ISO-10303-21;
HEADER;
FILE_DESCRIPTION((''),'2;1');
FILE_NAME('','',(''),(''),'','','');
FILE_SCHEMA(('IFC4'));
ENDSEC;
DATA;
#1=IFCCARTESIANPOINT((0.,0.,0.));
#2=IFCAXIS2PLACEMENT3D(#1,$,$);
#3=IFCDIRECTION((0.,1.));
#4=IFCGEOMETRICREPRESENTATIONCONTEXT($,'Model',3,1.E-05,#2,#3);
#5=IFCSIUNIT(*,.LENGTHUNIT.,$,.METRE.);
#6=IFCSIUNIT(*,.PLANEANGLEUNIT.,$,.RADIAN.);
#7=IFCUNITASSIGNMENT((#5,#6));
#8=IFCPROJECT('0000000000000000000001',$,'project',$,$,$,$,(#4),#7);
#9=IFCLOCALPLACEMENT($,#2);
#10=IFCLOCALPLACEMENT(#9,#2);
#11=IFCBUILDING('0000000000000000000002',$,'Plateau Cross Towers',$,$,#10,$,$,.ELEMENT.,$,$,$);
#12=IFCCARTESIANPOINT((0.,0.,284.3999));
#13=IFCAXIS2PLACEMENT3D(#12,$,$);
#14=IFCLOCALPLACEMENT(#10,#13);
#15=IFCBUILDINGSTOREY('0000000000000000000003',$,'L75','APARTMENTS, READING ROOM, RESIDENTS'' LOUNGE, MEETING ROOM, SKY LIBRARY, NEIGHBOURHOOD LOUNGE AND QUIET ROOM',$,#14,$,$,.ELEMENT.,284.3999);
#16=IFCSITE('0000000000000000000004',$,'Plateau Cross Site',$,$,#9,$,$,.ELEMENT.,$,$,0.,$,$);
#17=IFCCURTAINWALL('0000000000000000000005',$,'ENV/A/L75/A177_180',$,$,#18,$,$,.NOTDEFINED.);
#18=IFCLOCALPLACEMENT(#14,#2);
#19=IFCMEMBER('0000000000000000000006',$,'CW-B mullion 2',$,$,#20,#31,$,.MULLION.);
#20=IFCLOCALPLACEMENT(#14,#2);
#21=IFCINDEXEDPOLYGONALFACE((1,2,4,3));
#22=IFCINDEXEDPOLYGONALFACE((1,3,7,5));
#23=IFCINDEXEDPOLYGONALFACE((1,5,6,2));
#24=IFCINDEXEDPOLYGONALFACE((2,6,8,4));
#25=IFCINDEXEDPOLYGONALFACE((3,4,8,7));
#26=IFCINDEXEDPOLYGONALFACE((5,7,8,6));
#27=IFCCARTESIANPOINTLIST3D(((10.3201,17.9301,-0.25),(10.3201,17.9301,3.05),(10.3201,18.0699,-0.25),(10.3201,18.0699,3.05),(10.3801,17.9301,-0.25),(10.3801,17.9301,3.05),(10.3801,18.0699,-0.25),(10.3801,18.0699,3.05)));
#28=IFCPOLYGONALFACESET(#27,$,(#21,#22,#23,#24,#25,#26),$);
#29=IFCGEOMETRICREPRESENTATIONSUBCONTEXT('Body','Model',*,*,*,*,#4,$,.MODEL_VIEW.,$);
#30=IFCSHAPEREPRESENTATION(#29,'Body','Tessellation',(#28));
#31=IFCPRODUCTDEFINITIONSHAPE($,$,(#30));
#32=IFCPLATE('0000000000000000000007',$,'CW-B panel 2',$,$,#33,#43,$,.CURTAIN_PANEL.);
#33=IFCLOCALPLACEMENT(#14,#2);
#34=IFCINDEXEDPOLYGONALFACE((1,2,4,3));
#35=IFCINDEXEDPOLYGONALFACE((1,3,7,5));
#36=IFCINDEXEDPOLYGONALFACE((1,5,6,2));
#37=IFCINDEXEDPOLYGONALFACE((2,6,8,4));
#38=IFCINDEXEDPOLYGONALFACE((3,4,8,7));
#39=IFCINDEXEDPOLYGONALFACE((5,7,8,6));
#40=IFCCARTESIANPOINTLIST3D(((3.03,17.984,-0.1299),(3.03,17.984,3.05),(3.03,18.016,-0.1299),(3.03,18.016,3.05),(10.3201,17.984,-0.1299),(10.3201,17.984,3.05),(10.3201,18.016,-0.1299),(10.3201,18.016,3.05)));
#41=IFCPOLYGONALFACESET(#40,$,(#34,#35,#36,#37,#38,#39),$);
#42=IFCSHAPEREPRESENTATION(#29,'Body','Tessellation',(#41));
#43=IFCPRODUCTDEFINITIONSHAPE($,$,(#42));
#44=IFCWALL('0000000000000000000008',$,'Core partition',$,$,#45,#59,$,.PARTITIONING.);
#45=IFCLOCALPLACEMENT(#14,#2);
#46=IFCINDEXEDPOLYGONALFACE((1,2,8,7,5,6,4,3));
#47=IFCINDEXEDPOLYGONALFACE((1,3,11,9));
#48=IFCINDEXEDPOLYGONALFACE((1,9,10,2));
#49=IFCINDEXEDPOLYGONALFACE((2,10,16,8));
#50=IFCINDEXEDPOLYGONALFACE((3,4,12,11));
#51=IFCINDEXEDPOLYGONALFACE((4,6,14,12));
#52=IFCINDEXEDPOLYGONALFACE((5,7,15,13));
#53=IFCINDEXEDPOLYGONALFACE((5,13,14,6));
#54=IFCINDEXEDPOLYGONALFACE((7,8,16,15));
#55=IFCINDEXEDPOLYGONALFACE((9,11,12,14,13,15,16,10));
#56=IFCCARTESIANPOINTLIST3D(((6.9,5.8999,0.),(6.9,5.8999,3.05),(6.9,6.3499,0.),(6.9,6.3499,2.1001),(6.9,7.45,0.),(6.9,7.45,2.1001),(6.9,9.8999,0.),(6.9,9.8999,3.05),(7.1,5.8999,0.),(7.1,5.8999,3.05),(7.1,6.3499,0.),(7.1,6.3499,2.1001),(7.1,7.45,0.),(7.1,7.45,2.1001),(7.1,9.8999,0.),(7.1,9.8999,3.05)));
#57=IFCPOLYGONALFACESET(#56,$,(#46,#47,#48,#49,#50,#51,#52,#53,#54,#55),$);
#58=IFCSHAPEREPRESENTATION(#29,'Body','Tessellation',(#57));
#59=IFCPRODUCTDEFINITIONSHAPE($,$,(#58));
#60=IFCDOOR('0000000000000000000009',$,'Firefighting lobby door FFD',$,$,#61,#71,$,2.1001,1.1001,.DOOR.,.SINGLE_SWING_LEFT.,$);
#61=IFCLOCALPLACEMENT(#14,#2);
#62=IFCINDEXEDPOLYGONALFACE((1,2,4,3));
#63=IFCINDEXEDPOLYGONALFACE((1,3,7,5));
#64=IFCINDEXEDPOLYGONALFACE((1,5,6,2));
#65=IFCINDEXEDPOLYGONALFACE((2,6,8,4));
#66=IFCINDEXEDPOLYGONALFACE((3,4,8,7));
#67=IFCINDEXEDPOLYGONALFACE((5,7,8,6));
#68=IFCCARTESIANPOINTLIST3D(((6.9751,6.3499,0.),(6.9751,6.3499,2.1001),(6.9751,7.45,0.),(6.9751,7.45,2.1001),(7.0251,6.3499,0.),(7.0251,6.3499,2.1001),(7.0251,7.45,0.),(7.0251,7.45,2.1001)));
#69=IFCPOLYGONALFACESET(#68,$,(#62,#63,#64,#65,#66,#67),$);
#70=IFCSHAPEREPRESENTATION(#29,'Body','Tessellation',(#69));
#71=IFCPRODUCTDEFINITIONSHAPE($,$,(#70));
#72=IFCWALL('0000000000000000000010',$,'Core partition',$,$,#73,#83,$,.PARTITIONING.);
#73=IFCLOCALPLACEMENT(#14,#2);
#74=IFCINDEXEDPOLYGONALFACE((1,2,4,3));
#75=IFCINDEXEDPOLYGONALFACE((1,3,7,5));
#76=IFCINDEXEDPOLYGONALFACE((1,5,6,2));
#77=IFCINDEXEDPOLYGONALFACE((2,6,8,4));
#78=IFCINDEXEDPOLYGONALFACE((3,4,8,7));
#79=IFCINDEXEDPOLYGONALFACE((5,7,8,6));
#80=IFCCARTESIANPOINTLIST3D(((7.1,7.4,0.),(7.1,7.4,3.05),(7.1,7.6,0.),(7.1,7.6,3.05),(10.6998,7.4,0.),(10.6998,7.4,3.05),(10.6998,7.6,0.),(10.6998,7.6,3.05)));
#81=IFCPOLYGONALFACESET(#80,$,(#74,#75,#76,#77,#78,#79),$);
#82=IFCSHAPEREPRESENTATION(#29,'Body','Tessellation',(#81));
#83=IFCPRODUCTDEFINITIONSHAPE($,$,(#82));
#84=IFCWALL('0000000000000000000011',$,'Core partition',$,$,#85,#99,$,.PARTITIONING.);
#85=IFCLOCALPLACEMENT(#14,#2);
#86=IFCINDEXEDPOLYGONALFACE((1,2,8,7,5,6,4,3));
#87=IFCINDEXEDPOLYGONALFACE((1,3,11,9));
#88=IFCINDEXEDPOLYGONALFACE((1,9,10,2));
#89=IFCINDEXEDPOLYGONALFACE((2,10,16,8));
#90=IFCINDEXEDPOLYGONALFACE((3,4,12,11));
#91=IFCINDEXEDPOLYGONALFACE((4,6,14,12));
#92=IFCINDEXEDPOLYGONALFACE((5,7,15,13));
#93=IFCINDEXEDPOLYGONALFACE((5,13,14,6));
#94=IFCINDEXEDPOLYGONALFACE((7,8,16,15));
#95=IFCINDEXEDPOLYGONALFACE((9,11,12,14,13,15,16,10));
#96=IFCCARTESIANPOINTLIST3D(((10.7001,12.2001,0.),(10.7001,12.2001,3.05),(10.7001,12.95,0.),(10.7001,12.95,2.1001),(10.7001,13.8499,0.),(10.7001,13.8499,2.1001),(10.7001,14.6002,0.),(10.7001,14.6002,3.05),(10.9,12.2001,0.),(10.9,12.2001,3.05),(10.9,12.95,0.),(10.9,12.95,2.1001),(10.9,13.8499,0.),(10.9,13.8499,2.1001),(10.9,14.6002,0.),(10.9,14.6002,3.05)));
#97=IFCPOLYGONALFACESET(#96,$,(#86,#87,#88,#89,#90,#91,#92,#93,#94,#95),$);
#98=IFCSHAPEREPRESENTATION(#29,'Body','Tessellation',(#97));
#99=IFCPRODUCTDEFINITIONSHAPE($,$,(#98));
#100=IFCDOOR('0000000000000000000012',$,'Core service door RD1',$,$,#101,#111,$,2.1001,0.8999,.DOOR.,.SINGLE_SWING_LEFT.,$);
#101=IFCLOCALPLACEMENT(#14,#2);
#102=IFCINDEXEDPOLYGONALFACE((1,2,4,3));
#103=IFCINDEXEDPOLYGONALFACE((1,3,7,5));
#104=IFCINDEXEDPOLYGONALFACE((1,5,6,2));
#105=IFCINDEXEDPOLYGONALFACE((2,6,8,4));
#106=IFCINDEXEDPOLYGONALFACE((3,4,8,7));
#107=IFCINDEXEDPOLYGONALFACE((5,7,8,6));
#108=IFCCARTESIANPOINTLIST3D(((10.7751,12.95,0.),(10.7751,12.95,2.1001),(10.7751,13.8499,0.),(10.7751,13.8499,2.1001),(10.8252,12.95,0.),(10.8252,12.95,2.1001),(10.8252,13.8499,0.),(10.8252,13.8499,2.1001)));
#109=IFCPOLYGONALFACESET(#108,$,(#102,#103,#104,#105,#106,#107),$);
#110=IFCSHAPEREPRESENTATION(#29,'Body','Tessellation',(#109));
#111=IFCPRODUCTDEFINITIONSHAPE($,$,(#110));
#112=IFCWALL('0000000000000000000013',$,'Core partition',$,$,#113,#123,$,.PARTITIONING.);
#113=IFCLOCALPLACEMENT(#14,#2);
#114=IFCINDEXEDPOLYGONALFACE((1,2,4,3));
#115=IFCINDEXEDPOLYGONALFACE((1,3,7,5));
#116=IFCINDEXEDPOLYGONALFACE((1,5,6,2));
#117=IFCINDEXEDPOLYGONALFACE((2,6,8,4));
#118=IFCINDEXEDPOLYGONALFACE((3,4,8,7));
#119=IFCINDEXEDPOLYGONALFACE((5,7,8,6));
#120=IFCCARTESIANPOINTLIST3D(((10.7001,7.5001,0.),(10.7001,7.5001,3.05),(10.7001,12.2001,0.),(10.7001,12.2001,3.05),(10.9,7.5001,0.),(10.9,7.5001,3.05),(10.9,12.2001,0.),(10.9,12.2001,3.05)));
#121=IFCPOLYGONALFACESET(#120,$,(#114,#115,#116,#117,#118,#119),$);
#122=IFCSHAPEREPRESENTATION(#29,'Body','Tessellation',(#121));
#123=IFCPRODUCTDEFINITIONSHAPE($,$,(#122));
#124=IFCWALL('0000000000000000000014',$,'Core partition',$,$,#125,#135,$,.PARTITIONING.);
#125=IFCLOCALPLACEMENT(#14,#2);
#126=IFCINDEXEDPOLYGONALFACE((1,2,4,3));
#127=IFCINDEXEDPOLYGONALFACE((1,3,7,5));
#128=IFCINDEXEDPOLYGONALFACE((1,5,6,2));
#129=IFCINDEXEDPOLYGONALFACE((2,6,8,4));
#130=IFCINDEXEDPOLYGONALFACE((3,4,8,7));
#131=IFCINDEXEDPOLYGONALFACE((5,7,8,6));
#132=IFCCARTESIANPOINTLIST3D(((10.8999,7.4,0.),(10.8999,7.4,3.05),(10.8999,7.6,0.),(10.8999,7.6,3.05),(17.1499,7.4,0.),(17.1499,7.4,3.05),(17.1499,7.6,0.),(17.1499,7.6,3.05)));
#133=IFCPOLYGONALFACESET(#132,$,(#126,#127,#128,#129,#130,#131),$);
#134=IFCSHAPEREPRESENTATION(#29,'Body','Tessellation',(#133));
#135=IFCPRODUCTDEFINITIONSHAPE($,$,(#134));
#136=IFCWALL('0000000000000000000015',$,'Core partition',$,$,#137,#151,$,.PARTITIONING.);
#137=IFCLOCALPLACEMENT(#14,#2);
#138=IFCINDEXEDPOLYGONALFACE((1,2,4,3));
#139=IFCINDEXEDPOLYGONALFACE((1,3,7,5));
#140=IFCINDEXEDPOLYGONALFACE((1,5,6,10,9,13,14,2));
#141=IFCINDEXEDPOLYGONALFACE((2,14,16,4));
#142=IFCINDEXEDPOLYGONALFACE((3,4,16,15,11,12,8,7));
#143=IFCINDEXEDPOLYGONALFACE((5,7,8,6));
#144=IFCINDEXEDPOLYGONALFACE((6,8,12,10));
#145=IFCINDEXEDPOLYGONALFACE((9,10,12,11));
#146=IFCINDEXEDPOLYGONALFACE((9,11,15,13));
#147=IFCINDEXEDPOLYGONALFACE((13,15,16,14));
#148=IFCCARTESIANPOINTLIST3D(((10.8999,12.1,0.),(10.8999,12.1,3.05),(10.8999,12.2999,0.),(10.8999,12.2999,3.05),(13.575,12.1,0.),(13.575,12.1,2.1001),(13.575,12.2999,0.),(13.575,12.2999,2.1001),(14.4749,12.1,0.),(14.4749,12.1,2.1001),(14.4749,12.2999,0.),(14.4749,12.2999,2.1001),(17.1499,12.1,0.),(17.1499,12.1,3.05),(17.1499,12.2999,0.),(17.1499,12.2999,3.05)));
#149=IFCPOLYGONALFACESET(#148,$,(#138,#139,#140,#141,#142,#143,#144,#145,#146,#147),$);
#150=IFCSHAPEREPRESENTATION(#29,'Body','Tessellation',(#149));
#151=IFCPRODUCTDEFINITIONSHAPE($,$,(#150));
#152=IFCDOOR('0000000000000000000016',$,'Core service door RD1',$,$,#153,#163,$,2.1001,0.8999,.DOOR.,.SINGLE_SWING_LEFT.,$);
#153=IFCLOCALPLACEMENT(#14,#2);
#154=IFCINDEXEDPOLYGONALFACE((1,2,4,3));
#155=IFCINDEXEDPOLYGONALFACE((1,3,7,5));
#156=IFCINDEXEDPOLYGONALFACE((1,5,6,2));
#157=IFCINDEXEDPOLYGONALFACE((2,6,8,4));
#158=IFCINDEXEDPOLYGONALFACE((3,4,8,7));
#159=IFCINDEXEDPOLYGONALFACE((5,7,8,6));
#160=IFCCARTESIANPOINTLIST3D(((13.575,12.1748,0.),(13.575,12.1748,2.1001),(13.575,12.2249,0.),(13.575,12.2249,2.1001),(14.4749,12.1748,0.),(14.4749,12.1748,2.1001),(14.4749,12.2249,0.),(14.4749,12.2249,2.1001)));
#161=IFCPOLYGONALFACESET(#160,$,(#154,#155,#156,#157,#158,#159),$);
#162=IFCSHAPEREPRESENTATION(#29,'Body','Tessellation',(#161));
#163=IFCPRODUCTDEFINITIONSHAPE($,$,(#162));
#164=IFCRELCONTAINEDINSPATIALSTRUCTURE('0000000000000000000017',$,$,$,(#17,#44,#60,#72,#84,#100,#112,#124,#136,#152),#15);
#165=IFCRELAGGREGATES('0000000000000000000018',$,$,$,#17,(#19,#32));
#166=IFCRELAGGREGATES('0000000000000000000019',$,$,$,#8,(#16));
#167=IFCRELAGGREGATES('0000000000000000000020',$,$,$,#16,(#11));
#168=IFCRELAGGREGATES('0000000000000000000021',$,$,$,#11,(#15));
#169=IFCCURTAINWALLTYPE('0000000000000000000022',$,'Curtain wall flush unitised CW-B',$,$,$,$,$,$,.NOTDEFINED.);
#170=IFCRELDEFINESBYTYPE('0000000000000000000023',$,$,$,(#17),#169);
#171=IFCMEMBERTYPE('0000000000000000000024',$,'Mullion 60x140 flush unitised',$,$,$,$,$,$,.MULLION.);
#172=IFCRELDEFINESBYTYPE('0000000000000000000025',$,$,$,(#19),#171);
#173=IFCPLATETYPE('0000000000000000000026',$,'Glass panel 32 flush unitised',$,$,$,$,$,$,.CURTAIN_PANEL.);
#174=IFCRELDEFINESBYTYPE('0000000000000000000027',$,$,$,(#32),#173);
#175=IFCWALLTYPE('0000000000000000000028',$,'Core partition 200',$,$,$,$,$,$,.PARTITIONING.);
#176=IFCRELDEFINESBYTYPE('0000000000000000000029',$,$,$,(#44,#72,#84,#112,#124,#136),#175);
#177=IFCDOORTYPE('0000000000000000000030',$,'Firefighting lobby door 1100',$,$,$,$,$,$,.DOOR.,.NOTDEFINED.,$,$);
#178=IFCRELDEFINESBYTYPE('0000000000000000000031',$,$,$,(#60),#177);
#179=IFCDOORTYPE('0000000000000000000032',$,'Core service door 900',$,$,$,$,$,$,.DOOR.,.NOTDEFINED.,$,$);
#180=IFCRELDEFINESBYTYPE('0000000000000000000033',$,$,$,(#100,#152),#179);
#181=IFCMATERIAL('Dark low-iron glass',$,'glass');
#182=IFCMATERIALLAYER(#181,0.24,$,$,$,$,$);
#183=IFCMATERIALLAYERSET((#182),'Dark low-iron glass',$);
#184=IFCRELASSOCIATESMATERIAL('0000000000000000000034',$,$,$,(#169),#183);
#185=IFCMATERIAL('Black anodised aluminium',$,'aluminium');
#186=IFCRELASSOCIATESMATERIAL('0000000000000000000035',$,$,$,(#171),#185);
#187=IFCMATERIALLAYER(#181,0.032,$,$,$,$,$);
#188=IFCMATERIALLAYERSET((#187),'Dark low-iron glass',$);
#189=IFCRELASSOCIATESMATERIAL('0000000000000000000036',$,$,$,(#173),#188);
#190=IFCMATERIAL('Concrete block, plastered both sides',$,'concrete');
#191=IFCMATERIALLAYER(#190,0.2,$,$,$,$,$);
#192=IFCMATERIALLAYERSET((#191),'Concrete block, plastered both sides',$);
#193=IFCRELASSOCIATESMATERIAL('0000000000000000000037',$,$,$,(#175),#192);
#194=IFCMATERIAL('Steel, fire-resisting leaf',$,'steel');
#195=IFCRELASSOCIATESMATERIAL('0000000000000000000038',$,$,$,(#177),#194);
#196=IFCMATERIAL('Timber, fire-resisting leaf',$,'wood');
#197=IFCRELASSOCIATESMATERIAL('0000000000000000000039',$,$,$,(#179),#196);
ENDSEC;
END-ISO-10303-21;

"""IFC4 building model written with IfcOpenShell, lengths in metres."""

from ifc_helpers import new_model, si_unit, direction, frame, frame_2d, origin, origin_2d, place, context, subcontext, project, spatial, rectangle, extrude, material, layer, layer_set, material_profile, profile_set, type_object, element, fill, aggregate, save


model = new_model("IFC4")

# Units and contexts
model_context = context("Model", 3, precision=1e-05, world=origin(), true_north=direction((0.0, 1.0)))
body_context = subcontext(model_context, "Body", "Model", "MODEL_VIEW")
ifc_project = project(units=[si_unit("LENGTHUNIT", "METRE"), si_unit("PLANEANGLEUNIT", "RADIAN")], contexts=[model_context])

# Site, building, storey
site_placement = place(None, origin())
site = spatial("IfcSite", under=ifc_project, at=site_placement, Name="Plateau Cross Site", CompositionType="ELEMENT", RefElevation=0.0)
building_placement = place(site_placement, origin())
building = spatial("IfcBuilding", under=site, at=building_placement, Name="Plateau Cross Towers", CompositionType="ELEMENT")
storey_placement = place(building_placement, frame((0.0, 0.0, 284.3999)))
storey = spatial("IfcBuildingStorey", under=building, at=storey_placement, Name="L75", Description="APARTMENTS, READING ROOM, RESIDENTS' LOUNGE, MEETING ROOM, SKY LIBRARY, NEIGHBOURHOOD LOUNGE AND QUIET ROOM", CompositionType="ELEMENT", Elevation=284.3999)

# Curtain wall, member, plate
ifc_material_1 = material(Name="Dark low-iron glass", Category="glass")
ifc_layer_1 = layer(ifc_material_1, 0.24)
ifc_layer_set_1 = layer_set([ifc_layer_1], Name="Dark low-iron glass")
curtain_wall_type = type_object("IfcCurtainWallType", Name="Curtain wall flush unitised CW-B", PredefinedType="NOTDEFINED", material=ifc_layer_set_1)
curtain_wall_placement = place(storey_placement, origin())
curtain_wall = element("IfcCurtainWall", 1, at=curtain_wall_placement, inside=storey, type_object=curtain_wall_type, Name="ENV/A/L75/A177_180", PredefinedType="NOTDEFINED")
ifc_material_2 = material(Name="Black anodised aluminium", Category="aluminium")
ifc_material_profile = material_profile(ifc_material_2, rectangle(XDim=0.0601, YDim=0.1399, at=origin_2d()), Name="MULLION 60x140")
ifc_profile_set = profile_set([ifc_material_profile], Name="Black anodised aluminium")
member_type = type_object("IfcMemberType", Name="Mullion 60x140 flush unitised", PredefinedType="MULLION", material=ifc_profile_set)
member_placement = place(storey_placement, frame((10.3501, 18.0, -0.25), z_axis=(0.0, 0.0, 1.0), x_axis=(-1.0, 0.0, 0.0)))
member = element("IfcMember", 2, at=member_placement, type_object=member_type, Name="CW-B mullion 2", PredefinedType="MULLION", context=body_context, shape_type="SweptSolid", body=[
    extrude(rectangle(XDim=0.0601, YDim=0.1399, at=origin_2d()), origin(), (0.0, 0.0, 1.0), 3.3),
])
ifc_layer_2 = layer(ifc_material_1, 0.032)
ifc_layer_set_2 = layer_set([ifc_layer_2], Name="Dark low-iron glass")
plate_type = type_object("IfcPlateType", Name="Glass panel 32 flush unitised", PredefinedType="CURTAIN_PANEL", material=ifc_layer_set_2)
plate_placement = place(storey_placement, frame((6.675, 18.0, -0.1299), z_axis=(0.0, 0.0, 1.0), x_axis=(-1.0, 0.0, 0.0)))
plate = element("IfcPlate", 3, at=plate_placement, type_object=plate_type, Name="CW-B panel 2", PredefinedType="CURTAIN_PANEL", context=body_context, shape_type="SweptSolid", body=[
    extrude(rectangle(XDim=7.29, YDim=0.032, at=origin_2d()), origin(), (0.0, 0.0, 1.0), 3.1799),
])
aggregate(curtain_wall, [member, plate])

# Wall, opening, door
ifc_material_3 = material(Name="Concrete block, plastered both sides", Category="concrete")
ifc_layer_3 = layer(ifc_material_3, 0.2)
ifc_layer_set_3 = layer_set([ifc_layer_3], Name="Concrete block, plastered both sides")
wall_type_1 = type_object("IfcWallType", Name="Core partition 200", PredefinedType="PARTITIONING", material=ifc_layer_set_3)
wall_1_placement = place(storey_placement, frame((7.0, 5.8999, 0.0), z_axis=(0.0, 0.0, 1.0), x_axis=(0.0, 1.0, 0.0)))
wall_1 = element("IfcWall", 4, at=wall_1_placement, inside=storey, type_object=wall_type_1, Name="Core partition", PredefinedType="PARTITIONING", context=body_context, shape_type="SweptSolid", body=[
    extrude(rectangle(XDim=4.0, YDim=0.2, at=frame_2d((2.0, 0.0))), origin(), (0.0, 0.0, 1.0), 3.05),
])
opening_1_placement = place(wall_1_placement, frame((0.45, 0.0, 0.0)))
opening_1 = element("IfcOpeningElement", 5, at=opening_1_placement, cuts=wall_1, PredefinedType="OPENING", context=body_context, shape_type="SweptSolid", body=[
    extrude(rectangle(XDim=1.1001, YDim=2.1001, at=frame_2d((0.55, 1.05))), frame((0.0, 0.1099, 0.0), z_axis=(0.0, -1.0, 0.0), x_axis=(1.0, 0.0, 0.0)), (0.0, 0.0, 1.0), 0.22),
])
ifc_material_4 = material(Name="Steel, fire-resisting leaf", Category="steel")
door_type_1 = type_object("IfcDoorType", Name="Firefighting lobby door 1100", OperationType="NOTDEFINED", PredefinedType="DOOR", material=ifc_material_4)
door_1_placement = place(opening_1_placement, origin())
door_1 = element("IfcDoor", 6, at=door_1_placement, inside=storey, type_object=door_type_1, Name="Firefighting lobby door FFD", OperationType="SINGLE_SWING_LEFT", OverallHeight=2.1001, OverallWidth=1.1001, PredefinedType="DOOR", context=body_context, shape_type="SweptSolid", body=[
    extrude(rectangle(XDim=1.1001, YDim=2.1001, at=frame_2d((0.55, 1.05))), frame((0.0, 0.0249, 0.0), z_axis=(0.0, -1.0, 0.0), x_axis=(1.0, 0.0, 0.0)), (0.0, 0.0, 1.0), 0.05),
])
fill(opening_1, door_1)

# Wall
wall_2_placement = place(storey_placement, frame((7.1001, 7.5, 0.0), z_axis=(0.0, 0.0, 1.0), x_axis=(1.0, 0.0, 0.0)))
element("IfcWall", 7, at=wall_2_placement, inside=storey, type_object=wall_type_1, Name="Core partition", PredefinedType="PARTITIONING", context=body_context, shape_type="SweptSolid", body=[
    extrude(rectangle(XDim=3.5999, YDim=0.2, at=frame_2d((1.7998, 0.0))), origin(), (0.0, 0.0, 1.0), 3.05),
])

# Wall, opening, door
wall_3_placement = place(storey_placement, frame((10.8, 12.2, 0.0), z_axis=(0.0, 0.0, 1.0), x_axis=(0.0, 1.0, 0.0)))
wall_3 = element("IfcWall", 8, at=wall_3_placement, inside=storey, type_object=wall_type_1, Name="Core partition", PredefinedType="PARTITIONING", context=body_context, shape_type="SweptSolid", body=[
    extrude(rectangle(XDim=2.4001, YDim=0.2, at=frame_2d((1.2002, 0.0))), origin(), (0.0, 0.0, 1.0), 3.05),
])
opening_2_placement = place(wall_3_placement, frame((0.75, 0.0, 0.0)))
opening_2 = element("IfcOpeningElement", 9, at=opening_2_placement, cuts=wall_3, PredefinedType="OPENING", context=body_context, shape_type="SweptSolid", body=[
    extrude(rectangle(XDim=0.8999, YDim=2.1001, at=frame_2d((0.45, 1.05))), frame((0.0, 0.1099, 0.0), z_axis=(0.0, -1.0, 0.0), x_axis=(1.0, 0.0, 0.0)), (0.0, 0.0, 1.0), 0.22),
])
ifc_material_5 = material(Name="Timber, fire-resisting leaf", Category="wood")
door_type_2 = type_object("IfcDoorType", Name="Core service door 900", OperationType="NOTDEFINED", PredefinedType="DOOR", material=ifc_material_5)
door_2_placement = place(opening_2_placement, origin())
door_2 = element("IfcDoor", 10, at=door_2_placement, inside=storey, type_object=door_type_2, Name="Core service door RD1", OperationType="SINGLE_SWING_LEFT", OverallHeight=2.1001, OverallWidth=0.8999, PredefinedType="DOOR", context=body_context, shape_type="SweptSolid", body=[
    extrude(rectangle(XDim=0.8999, YDim=2.1001, at=frame_2d((0.45, 1.05))), frame((0.0, 0.0249, 0.0), z_axis=(0.0, -1.0, 0.0), x_axis=(1.0, 0.0, 0.0)), (0.0, 0.0, 1.0), 0.05),
])
fill(opening_2, door_2)

# Walls
wall_4_placement = place(storey_placement, frame((10.8, 7.5, 0.0), z_axis=(0.0, 0.0, 1.0), x_axis=(0.0, 1.0, 0.0)))
element("IfcWall", 11, at=wall_4_placement, inside=storey, type_object=wall_type_1, Name="Core partition", PredefinedType="PARTITIONING", context=body_context, shape_type="SweptSolid", body=[
    extrude(rectangle(XDim=4.7, YDim=0.2, at=frame_2d((2.3501, 0.0))), origin(), (0.0, 0.0, 1.0), 3.05),
])
wall_5_placement = place(storey_placement, frame((10.8999, 7.5, 0.0), z_axis=(0.0, 0.0, 1.0), x_axis=(1.0, 0.0, 0.0)))
element("IfcWall", 12, at=wall_5_placement, inside=storey, type_object=wall_type_1, Name="Core partition", PredefinedType="PARTITIONING", context=body_context, shape_type="SweptSolid", body=[
    extrude(rectangle(XDim=6.25, YDim=0.2, at=frame_2d((3.125, 0.0))), origin(), (0.0, 0.0, 1.0), 3.05),
])

# Wall, opening, door
wall_6_placement = place(storey_placement, frame((10.8999, 12.2, 0.0), z_axis=(0.0, 0.0, 1.0), x_axis=(1.0, 0.0, 0.0)))
wall_6 = element("IfcWall", 13, at=wall_6_placement, inside=storey, type_object=wall_type_1, Name="Core partition", PredefinedType="PARTITIONING", context=body_context, shape_type="SweptSolid", body=[
    extrude(rectangle(XDim=6.25, YDim=0.2, at=frame_2d((3.125, 0.0))), origin(), (0.0, 0.0, 1.0), 3.05),
])
opening_3_placement = place(wall_6_placement, frame((2.675, 0.0, 0.0)))
opening_3 = element("IfcOpeningElement", 14, at=opening_3_placement, cuts=wall_6, PredefinedType="OPENING", context=body_context, shape_type="SweptSolid", body=[
    extrude(rectangle(XDim=0.8999, YDim=2.1001, at=frame_2d((0.45, 1.05))), frame((0.0, 0.1099, 0.0), z_axis=(0.0, -1.0, 0.0), x_axis=(1.0, 0.0, 0.0)), (0.0, 0.0, 1.0), 0.22),
])
door_3_placement = place(opening_3_placement, origin())
door_3 = element("IfcDoor", 15, at=door_3_placement, inside=storey, type_object=door_type_2, Name="Core service door RD1", OperationType="SINGLE_SWING_LEFT", OverallHeight=2.1001, OverallWidth=0.8999, PredefinedType="DOOR", context=body_context, shape_type="SweptSolid", body=[
    extrude(rectangle(XDim=0.8999, YDim=2.1001, at=frame_2d((0.45, 1.05))), frame((0.0, 0.0249, 0.0), z_axis=(0.0, -1.0, 0.0), x_axis=(1.0, 0.0, 0.0)), (0.0, 0.0, 1.0), 0.05),
])
fill(opening_3, door_3)

save(model, "model.ifc")
